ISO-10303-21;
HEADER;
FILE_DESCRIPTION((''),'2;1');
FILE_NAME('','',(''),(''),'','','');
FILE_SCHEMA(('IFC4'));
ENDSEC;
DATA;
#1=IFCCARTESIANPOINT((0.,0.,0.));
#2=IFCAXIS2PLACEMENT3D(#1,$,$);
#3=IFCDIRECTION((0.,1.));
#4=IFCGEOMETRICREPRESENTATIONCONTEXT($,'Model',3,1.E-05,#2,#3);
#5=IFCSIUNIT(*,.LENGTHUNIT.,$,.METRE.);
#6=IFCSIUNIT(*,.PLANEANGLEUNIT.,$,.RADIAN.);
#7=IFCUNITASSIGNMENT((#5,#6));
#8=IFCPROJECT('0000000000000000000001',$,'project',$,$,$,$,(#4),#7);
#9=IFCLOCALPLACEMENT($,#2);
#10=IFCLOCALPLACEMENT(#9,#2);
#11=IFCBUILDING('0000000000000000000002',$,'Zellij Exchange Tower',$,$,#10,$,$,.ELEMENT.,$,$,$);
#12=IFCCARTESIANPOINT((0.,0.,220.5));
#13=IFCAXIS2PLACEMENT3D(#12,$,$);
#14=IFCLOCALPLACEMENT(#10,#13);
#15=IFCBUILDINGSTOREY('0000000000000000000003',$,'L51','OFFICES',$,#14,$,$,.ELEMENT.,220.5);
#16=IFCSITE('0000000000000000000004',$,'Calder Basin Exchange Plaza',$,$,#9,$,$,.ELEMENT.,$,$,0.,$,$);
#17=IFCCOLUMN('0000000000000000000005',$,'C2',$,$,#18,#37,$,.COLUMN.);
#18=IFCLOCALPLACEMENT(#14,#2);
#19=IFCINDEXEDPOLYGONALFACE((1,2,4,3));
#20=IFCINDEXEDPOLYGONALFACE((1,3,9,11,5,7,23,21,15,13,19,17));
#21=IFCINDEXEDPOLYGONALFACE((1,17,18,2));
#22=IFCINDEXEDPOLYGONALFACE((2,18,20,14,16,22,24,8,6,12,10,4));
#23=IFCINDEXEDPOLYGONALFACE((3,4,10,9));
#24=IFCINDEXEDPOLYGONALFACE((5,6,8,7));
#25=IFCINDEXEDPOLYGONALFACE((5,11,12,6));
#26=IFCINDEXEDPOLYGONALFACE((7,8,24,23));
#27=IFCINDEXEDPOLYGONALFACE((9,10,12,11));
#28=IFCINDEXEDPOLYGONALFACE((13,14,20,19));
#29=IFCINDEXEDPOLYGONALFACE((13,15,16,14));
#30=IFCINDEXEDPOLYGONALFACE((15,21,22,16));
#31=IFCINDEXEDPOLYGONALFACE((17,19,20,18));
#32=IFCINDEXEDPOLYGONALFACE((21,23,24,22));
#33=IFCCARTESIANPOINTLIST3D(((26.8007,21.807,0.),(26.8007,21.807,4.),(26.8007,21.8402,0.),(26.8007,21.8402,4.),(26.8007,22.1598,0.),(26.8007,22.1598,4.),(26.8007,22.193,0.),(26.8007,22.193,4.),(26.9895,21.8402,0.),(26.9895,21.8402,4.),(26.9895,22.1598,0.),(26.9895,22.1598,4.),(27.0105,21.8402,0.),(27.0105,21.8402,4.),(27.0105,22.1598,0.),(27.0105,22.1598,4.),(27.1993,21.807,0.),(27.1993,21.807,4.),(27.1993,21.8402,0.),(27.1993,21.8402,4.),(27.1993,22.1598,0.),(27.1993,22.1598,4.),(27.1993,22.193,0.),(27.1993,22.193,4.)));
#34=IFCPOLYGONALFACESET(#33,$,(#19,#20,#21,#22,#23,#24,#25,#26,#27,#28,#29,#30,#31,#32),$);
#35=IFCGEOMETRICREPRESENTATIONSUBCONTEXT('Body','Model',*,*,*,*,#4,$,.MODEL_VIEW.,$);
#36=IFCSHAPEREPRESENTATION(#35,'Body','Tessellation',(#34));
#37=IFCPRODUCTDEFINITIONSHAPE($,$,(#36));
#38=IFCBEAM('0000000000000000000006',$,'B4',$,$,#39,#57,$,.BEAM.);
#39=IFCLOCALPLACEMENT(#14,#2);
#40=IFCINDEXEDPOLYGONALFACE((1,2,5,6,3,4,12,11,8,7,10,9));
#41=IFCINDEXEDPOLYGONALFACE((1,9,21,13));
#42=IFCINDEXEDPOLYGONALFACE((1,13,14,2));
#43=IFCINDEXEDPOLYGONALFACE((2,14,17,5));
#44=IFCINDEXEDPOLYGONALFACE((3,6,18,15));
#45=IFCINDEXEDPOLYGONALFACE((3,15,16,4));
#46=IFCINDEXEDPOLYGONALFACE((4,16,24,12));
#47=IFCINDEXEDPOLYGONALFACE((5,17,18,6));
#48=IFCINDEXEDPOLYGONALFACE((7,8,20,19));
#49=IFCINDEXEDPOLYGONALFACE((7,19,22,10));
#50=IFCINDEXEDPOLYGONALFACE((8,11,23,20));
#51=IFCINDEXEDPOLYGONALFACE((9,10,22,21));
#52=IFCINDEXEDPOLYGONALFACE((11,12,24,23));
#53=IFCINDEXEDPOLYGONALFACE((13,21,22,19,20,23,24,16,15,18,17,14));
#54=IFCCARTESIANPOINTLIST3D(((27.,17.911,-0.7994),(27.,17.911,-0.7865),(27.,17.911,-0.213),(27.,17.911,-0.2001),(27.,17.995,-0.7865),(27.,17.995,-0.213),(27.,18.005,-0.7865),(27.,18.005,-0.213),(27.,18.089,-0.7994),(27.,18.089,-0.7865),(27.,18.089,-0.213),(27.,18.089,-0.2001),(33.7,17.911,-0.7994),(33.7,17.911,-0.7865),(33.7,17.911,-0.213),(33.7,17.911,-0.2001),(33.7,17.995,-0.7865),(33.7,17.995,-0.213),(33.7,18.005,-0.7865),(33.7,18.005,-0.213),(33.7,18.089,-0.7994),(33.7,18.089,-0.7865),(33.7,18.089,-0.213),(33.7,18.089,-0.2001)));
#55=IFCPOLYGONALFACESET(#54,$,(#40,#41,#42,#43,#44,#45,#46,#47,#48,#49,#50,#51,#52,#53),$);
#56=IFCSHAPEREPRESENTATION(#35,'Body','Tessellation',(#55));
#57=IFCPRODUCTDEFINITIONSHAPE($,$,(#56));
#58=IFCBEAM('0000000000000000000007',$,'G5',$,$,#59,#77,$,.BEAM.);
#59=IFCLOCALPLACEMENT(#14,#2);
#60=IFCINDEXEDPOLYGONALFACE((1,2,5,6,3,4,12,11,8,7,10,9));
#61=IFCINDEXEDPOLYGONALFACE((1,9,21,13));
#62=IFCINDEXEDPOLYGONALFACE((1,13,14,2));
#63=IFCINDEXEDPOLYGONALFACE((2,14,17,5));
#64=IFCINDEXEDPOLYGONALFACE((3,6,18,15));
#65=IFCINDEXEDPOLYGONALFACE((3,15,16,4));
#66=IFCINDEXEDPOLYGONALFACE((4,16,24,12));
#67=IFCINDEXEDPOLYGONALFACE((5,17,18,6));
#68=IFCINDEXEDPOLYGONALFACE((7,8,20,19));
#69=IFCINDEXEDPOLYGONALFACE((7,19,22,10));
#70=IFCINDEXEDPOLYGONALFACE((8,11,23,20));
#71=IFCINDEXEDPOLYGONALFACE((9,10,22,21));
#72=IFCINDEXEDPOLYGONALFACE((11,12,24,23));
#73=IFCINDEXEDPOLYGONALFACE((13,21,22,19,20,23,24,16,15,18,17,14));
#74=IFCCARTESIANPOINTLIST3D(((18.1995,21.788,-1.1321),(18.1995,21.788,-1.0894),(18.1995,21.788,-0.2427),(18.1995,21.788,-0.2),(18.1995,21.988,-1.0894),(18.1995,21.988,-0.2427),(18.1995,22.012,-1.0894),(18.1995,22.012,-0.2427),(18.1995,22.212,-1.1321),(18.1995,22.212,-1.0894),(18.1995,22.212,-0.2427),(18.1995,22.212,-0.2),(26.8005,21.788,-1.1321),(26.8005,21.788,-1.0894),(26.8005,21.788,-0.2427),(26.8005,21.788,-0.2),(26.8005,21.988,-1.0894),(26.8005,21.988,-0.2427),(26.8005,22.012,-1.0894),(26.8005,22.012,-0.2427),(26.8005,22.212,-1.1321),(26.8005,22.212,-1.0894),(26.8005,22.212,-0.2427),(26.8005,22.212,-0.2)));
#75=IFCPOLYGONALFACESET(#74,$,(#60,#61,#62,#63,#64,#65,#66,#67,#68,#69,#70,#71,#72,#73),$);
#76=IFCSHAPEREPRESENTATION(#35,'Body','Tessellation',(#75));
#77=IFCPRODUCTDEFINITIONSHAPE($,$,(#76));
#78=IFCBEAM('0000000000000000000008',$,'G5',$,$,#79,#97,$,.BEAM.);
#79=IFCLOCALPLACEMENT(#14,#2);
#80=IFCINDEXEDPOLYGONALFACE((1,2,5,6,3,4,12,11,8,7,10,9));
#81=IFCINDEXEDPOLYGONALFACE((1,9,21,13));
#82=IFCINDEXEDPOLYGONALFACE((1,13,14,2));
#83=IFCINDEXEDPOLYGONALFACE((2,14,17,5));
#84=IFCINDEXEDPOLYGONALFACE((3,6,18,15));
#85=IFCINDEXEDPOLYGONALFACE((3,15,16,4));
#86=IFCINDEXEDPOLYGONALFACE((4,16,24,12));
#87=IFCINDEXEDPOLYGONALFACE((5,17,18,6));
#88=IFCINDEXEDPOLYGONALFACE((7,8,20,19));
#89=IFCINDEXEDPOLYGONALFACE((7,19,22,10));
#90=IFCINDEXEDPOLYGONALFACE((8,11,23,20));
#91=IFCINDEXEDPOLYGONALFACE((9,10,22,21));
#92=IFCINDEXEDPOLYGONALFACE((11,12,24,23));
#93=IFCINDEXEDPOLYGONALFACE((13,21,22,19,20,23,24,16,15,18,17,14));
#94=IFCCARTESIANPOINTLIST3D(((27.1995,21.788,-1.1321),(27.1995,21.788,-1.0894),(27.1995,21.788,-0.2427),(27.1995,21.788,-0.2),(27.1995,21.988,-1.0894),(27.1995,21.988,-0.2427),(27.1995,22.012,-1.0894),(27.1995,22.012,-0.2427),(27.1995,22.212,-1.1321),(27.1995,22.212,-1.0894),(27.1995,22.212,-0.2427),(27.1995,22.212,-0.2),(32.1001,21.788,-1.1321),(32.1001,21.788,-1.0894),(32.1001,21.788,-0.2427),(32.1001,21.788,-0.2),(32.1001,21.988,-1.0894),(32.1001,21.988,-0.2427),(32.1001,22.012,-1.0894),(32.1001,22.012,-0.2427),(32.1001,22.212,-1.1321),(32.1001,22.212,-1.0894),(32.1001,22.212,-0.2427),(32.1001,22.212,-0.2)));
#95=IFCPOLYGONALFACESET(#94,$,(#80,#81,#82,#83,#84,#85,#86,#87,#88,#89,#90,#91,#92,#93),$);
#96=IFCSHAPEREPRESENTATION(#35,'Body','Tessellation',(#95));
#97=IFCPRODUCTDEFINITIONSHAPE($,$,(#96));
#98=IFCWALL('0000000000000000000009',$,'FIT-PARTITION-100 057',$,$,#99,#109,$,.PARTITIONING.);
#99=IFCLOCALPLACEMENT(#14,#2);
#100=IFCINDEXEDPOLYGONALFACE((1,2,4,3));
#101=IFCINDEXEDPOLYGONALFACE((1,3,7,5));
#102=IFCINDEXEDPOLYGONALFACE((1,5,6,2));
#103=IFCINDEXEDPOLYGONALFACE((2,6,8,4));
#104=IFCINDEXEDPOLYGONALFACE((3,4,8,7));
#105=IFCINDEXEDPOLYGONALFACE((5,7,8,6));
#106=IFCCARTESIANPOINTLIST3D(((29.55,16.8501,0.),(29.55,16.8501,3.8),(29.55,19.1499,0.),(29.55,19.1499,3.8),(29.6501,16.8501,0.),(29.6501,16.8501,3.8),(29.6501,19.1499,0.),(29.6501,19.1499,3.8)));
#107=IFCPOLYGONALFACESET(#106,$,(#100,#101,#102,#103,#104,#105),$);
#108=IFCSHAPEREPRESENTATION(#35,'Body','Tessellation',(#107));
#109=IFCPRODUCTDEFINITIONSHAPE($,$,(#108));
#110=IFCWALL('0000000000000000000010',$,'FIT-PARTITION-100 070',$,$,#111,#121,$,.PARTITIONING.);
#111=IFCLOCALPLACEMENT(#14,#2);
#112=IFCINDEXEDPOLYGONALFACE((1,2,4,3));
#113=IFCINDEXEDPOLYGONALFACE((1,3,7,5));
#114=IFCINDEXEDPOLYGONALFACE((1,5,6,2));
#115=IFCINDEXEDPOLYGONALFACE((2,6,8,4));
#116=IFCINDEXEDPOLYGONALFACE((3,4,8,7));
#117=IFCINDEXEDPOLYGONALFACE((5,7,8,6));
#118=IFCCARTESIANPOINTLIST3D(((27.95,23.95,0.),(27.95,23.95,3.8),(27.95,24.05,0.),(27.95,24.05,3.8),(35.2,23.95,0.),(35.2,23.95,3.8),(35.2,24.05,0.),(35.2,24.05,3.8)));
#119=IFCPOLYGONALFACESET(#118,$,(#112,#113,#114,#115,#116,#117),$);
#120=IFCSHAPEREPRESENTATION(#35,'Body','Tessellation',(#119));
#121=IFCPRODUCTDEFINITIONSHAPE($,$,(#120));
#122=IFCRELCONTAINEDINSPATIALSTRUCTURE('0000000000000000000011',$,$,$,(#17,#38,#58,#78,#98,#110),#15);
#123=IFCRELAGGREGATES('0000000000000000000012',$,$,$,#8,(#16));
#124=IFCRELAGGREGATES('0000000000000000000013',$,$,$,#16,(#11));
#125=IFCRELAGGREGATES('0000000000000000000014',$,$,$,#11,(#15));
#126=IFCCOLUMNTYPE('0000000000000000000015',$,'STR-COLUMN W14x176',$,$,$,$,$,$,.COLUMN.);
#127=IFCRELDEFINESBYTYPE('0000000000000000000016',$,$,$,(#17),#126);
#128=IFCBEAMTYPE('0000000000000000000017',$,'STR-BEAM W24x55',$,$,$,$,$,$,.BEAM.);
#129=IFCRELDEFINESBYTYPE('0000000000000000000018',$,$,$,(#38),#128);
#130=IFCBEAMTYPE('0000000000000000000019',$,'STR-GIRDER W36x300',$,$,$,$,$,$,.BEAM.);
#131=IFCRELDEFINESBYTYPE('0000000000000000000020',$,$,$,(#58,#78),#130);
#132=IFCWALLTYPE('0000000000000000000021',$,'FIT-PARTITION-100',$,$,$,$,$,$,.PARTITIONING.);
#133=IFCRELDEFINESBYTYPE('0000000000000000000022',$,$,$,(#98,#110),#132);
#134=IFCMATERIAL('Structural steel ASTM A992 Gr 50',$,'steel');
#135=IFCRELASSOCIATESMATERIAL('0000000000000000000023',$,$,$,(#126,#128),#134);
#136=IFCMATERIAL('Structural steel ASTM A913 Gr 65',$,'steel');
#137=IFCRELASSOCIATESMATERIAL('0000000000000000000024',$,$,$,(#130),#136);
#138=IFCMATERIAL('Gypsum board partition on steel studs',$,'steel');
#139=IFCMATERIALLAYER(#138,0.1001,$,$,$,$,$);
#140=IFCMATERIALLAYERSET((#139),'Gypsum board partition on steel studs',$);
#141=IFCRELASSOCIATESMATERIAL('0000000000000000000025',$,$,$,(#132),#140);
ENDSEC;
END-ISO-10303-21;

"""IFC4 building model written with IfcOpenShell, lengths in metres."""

from ifc_helpers import new_model, si_unit, direction, frame, frame_2d, origin, origin_2d, place, context, subcontext, project, spatial, rectangle, i_section, extrude, material, layer, layer_set, material_profile, profile_set, type_object, element, save


model = new_model("IFC4")

# Units and contexts
model_context = context("Model", 3, precision=1e-05, world=origin(), true_north=direction((0.0, 1.0)))
body_context = subcontext(model_context, "Body", "Model", "MODEL_VIEW")
ifc_project = project(units=[si_unit("LENGTHUNIT", "METRE"), si_unit("PLANEANGLEUNIT", "RADIAN")], contexts=[model_context])

# Site, building, storey
site_placement = place(None, origin())
site = spatial("IfcSite", under=ifc_project, at=site_placement, Name="Calder Basin Exchange Plaza", CompositionType="ELEMENT", RefElevation=0.0)
building_placement = place(site_placement, origin())
building = spatial("IfcBuilding", under=site, at=building_placement, Name="Zellij Exchange Tower", CompositionType="ELEMENT")
storey_placement = place(building_placement, frame((0.0, 0.0, 220.5)))
storey = spatial("IfcBuildingStorey", under=building, at=storey_placement, Name="L51", Description="OFFICES", CompositionType="ELEMENT", Elevation=220.5)

# Column
ifc_material_1 = material(Name="Structural steel ASTM A992 Gr 50", Category="steel")
ifc_material_profile_1 = material_profile(ifc_material_1, i_section(OverallWidth=0.3987, OverallDepth=0.386, WebThickness=0.021, FlangeThickness=0.0332, at=origin_2d()), Name="W14x176")
ifc_profile_set_1 = profile_set([ifc_material_profile_1], Name="Structural steel ASTM A992 Gr 50")
column_type = type_object("IfcColumnType", Name="STR-COLUMN W14x176", PredefinedType="COLUMN", material=ifc_profile_set_1)
column_placement = place(storey_placement, frame((27.0, 22.0, 0.0), z_axis=(0.0, 0.0, 1.0), x_axis=(1.0, 0.0, 0.0)))
element("IfcColumn", 1, at=column_placement, inside=storey, type_object=column_type, Name="C2", PredefinedType="COLUMN", context=body_context, shape_type="SweptSolid", body=[
    extrude(i_section(OverallWidth=0.3987, OverallDepth=0.386, WebThickness=0.021, FlangeThickness=0.0332, at=origin_2d()), origin(), (0.0, 0.0, 1.0), 4.0),
])

# Beams
ifc_material_profile_2 = material_profile(ifc_material_1, i_section(OverallWidth=0.178, OverallDepth=0.5994, WebThickness=0.01, FlangeThickness=0.0129, at=origin_2d()), Name="W24x55")
ifc_profile_set_2 = profile_set([ifc_material_profile_2], Name="Structural steel ASTM A992 Gr 50")
beam_type_1 = type_object("IfcBeamType", Name="STR-BEAM W24x55", PredefinedType="BEAM", material=ifc_profile_set_2)
beam_1_placement = place(storey_placement, frame((27.0, 18.0, -0.4998), z_axis=(1.0, 0.0, 0.0), x_axis=(0.0, 1.0, 0.0)))
element("IfcBeam", 2, at=beam_1_placement, inside=storey, type_object=beam_type_1, Name="B4", PredefinedType="BEAM", context=body_context, shape_type="SweptSolid", body=[
    extrude(i_section(OverallWidth=0.178, OverallDepth=0.5994, WebThickness=0.01, FlangeThickness=0.0129, at=origin_2d()), origin(), (0.0, 0.0, 1.0), 6.7),
])
ifc_material_2 = material(Name="Structural steel ASTM A913 Gr 65", Category="steel")
ifc_material_profile_3 = material_profile(ifc_material_2, i_section(OverallWidth=0.4241, OverallDepth=0.9321, WebThickness=0.0239, FlangeThickness=0.0427, at=origin_2d()), Name="W36x300")
ifc_profile_set_3 = profile_set([ifc_material_profile_3], Name="Structural steel ASTM A913 Gr 65")
beam_type_2 = type_object("IfcBeamType", Name="STR-GIRDER W36x300", PredefinedType="BEAM", material=ifc_profile_set_3)
beam_2_placement = place(storey_placement, frame((18.1995, 22.0, -0.666), z_axis=(1.0, 0.0, 0.0), x_axis=(0.0, 1.0, 0.0)))
element("IfcBeam", 3, at=beam_2_placement, inside=storey, type_object=beam_type_2, Name="G5", PredefinedType="BEAM", context=body_context, shape_type="SweptSolid", body=[
    extrude(i_section(OverallWidth=0.4241, OverallDepth=0.9321, WebThickness=0.0239, FlangeThickness=0.0427, at=origin_2d()), origin(), (0.0, 0.0, 1.0), 8.6011),
])
beam_3_placement = place(storey_placement, frame((27.1995, 22.0, -0.666), z_axis=(1.0, 0.0, 0.0), x_axis=(0.0, 1.0, 0.0)))
element("IfcBeam", 4, at=beam_3_placement, inside=storey, type_object=beam_type_2, Name="G5", PredefinedType="BEAM", context=body_context, shape_type="SweptSolid", body=[
    extrude(i_section(OverallWidth=0.4241, OverallDepth=0.9321, WebThickness=0.0239, FlangeThickness=0.0427, at=origin_2d()), origin(), (0.0, 0.0, 1.0), 4.9006),
])

# Walls
ifc_material_3 = material(Name="Gypsum board partition on steel studs", Category="steel")
ifc_layer = layer(ifc_material_3, 0.1001)
ifc_layer_set = layer_set([ifc_layer], Name="Gypsum board partition on steel studs")
wall_type = type_object("IfcWallType", Name="FIT-PARTITION-100", PredefinedType="PARTITIONING", material=ifc_layer_set)
wall_1_placement = place(storey_placement, frame((29.6001, 16.8501, 0.0), z_axis=(0.0, 0.0, 1.0), x_axis=(0.0, 1.0, 0.0)))
element("IfcWall", 5, at=wall_1_placement, inside=storey, type_object=wall_type, Name="FIT-PARTITION-100 057", PredefinedType="PARTITIONING", context=body_context, shape_type="SweptSolid", body=[
    extrude(rectangle(XDim=2.2998, YDim=0.1001, at=frame_2d((1.1499, 0.0))), origin(), (0.0, 0.0, 1.0), 3.8),
])
wall_2_placement = place(storey_placement, frame((27.95, 24.0, 0.0), z_axis=(0.0, 0.0, 1.0), x_axis=(1.0, 0.0, 0.0)))
element("IfcWall", 6, at=wall_2_placement, inside=storey, type_object=wall_type, Name="FIT-PARTITION-100 070", PredefinedType="PARTITIONING", context=body_context, shape_type="SweptSolid", body=[
    extrude(rectangle(XDim=7.25, YDim=0.1001, at=frame_2d((3.625, 0.0))), origin(), (0.0, 0.0, 1.0), 3.8),
])

save(model, "model.ifc")
